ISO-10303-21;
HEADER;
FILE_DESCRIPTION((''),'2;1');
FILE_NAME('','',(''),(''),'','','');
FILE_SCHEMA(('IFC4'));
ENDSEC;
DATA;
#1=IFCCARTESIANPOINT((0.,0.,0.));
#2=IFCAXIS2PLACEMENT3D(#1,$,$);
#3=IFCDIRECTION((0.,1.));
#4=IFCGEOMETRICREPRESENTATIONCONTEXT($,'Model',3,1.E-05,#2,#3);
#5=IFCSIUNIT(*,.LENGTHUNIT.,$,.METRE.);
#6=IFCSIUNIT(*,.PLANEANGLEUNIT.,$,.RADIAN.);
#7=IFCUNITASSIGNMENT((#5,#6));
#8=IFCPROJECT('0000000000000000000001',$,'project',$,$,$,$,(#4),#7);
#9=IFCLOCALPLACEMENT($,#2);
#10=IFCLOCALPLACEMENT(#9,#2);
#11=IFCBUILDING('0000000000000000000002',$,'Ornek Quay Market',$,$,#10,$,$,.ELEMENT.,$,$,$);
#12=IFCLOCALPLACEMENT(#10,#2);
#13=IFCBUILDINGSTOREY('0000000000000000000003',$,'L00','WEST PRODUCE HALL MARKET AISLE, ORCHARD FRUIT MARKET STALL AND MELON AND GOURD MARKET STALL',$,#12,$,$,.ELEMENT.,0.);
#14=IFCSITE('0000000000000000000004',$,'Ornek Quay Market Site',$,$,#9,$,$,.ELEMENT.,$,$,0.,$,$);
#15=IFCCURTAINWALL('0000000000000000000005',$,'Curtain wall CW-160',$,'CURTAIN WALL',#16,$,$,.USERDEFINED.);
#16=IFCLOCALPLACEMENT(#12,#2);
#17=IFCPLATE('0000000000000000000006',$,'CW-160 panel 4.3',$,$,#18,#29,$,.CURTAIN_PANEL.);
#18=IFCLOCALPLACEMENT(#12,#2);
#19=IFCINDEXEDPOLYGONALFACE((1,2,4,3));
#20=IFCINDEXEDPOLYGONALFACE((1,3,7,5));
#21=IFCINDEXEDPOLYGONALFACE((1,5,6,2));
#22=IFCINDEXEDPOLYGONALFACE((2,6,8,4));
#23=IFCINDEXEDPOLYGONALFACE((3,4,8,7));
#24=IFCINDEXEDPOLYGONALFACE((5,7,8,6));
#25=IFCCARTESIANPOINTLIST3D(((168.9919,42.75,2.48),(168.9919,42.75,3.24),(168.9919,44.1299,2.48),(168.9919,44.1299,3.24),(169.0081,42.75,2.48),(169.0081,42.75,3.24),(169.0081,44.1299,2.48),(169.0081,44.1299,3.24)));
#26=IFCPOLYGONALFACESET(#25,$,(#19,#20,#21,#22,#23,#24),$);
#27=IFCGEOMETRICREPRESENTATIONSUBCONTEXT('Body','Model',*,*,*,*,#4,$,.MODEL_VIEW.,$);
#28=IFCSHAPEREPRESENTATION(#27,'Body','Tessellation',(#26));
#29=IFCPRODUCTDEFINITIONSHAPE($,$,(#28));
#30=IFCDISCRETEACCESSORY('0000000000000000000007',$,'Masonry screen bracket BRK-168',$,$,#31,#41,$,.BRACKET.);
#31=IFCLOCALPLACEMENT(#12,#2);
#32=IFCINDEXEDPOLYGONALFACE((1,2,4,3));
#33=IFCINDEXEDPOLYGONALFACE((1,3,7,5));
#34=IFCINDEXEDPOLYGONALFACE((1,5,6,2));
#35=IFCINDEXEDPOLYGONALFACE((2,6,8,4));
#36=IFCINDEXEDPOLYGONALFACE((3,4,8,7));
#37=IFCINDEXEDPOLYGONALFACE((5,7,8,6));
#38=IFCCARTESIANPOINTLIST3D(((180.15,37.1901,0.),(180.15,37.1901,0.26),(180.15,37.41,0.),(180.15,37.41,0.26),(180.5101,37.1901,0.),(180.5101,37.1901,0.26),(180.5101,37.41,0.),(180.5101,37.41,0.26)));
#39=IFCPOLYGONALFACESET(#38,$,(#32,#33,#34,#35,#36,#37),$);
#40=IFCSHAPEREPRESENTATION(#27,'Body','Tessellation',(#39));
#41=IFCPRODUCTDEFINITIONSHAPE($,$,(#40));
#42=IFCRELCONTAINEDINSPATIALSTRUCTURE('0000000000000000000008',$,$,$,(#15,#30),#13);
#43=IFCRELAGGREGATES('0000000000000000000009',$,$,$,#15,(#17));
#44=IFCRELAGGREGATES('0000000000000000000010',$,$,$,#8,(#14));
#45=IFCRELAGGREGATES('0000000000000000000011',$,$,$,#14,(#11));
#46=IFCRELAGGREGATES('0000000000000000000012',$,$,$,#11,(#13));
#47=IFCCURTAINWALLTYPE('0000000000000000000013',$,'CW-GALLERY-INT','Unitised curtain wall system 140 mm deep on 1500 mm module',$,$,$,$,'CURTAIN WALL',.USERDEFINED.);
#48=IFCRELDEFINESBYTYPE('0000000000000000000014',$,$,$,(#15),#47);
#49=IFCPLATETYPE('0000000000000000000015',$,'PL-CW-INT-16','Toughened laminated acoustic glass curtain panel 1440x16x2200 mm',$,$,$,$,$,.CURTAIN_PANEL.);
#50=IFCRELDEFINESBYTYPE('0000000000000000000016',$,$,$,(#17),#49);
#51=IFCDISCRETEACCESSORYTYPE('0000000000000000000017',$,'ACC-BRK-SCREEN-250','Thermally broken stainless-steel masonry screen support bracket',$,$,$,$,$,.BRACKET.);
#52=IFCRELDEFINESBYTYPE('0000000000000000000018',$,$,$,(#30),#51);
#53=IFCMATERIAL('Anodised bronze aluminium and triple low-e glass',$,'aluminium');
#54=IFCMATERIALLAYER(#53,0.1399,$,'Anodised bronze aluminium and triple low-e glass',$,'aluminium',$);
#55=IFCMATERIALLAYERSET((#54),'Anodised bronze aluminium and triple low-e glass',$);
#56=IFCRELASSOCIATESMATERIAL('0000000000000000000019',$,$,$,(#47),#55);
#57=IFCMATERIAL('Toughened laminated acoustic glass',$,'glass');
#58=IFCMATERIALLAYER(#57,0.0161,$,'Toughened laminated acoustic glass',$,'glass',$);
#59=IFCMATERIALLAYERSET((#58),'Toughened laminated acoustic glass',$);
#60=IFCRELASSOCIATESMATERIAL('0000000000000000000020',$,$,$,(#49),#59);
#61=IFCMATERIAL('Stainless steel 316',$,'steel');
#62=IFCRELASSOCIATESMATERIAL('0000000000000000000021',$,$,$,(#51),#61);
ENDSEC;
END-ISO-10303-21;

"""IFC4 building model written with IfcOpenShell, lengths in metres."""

from ifc_helpers import new_model, si_unit, direction, frame, origin, origin_2d, place, context, subcontext, project, spatial, rectangle, extrude, material, layer, layer_set, type_object, element, aggregate, save


model = new_model("IFC4")

# Units and contexts
model_context = context("Model", 3, precision=1e-05, world=origin(), true_north=direction((0.0, 1.0)))
body_context = subcontext(model_context, "Body", "Model", "MODEL_VIEW")
ifc_project = project(units=[si_unit("LENGTHUNIT", "METRE"), si_unit("PLANEANGLEUNIT", "RADIAN")], contexts=[model_context])

# Site, building, storey
site_placement = place(None, origin())
site = spatial("IfcSite", under=ifc_project, at=site_placement, Name="Ornek Quay Market Site", CompositionType="ELEMENT", RefElevation=0.0)
building_placement = place(site_placement, origin())
building = spatial("IfcBuilding", under=site, at=building_placement, Name="Ornek Quay Market", CompositionType="ELEMENT")
storey_placement = place(building_placement, origin())
storey = spatial("IfcBuildingStorey", under=building, at=storey_placement, Name="L00", Description="WEST PRODUCE HALL MARKET AISLE, ORCHARD FRUIT MARKET STALL AND MELON AND GOURD MARKET STALL", CompositionType="ELEMENT", Elevation=0.0)

# Curtain wall, plate
ifc_material_1 = material(Name="Anodised bronze aluminium and triple low-e glass", Category="aluminium")
ifc_layer_1 = layer(ifc_material_1, 0.1399, Name="Anodised bronze aluminium and triple low-e glass", Category="aluminium")
ifc_layer_set_1 = layer_set([ifc_layer_1], Name="Anodised bronze aluminium and triple low-e glass")
curtain_wall_type = type_object("IfcCurtainWallType", Name="CW-GALLERY-INT", Description="Unitised curtain wall system 140 mm deep on 1500 mm module", ElementType="CURTAIN WALL", PredefinedType="USERDEFINED", material=ifc_layer_set_1)
curtain_wall_placement = place(storey_placement, origin())
curtain_wall = element("IfcCurtainWall", 1, at=curtain_wall_placement, inside=storey, type_object=curtain_wall_type, Name="Curtain wall CW-160", ObjectType="CURTAIN WALL", PredefinedType="USERDEFINED")
ifc_material_2 = material(Name="Toughened laminated acoustic glass", Category="glass")
ifc_layer_2 = layer(ifc_material_2, 0.0161, Name="Toughened laminated acoustic glass", Category="glass")
ifc_layer_set_2 = layer_set([ifc_layer_2], Name="Toughened laminated acoustic glass")
plate_type = type_object("IfcPlateType", Name="PL-CW-INT-16", Description="Toughened laminated acoustic glass curtain panel 1440x16x2200 mm", PredefinedType="CURTAIN_PANEL", material=ifc_layer_set_2)
plate_1_placement = place(storey_placement, frame((169.0, 43.4399, 2.48), z_axis=(0.0, 0.0, 1.0), x_axis=(0.0, 1.0, 0.0)))
plate_1 = element("IfcPlate", 2, at=plate_1_placement, type_object=plate_type, Name="CW-160 panel 4.3", PredefinedType="CURTAIN_PANEL", context=body_context, shape_type="SweptSolid", body=[
    extrude(rectangle(XDim=1.3799, YDim=0.0161, at=origin_2d()), origin(), (0.0, 0.0, 1.0), 0.76),
])
aggregate(curtain_wall, [plate_1])

# Discrete accessory
ifc_material_3 = material(Name="Stainless steel 316", Category="steel")
discrete_accessory_type = type_object("IfcDiscreteAccessoryType", Name="ACC-BRK-SCREEN-250", Description="Thermally broken stainless-steel masonry screen support bracket", PredefinedType="BRACKET", material=ifc_material_3)
discrete_accessory_placement = place(storey_placement, frame((180.3301, 37.3, 0.0), z_axis=(0.0, 0.0, 1.0), x_axis=(0.0, 1.0, 0.0)))
element("IfcDiscreteAccessory", 3, at=discrete_accessory_placement, inside=storey, type_object=discrete_accessory_type, Name="Masonry screen bracket BRK-168", PredefinedType="BRACKET", context=body_context, shape_type="SweptSolid", body=[
    extrude(rectangle(XDim=0.22, YDim=0.3601, at=origin_2d()), origin(), (0.0, 0.0, 1.0), 0.26),
])

save(model, "model.ifc")
